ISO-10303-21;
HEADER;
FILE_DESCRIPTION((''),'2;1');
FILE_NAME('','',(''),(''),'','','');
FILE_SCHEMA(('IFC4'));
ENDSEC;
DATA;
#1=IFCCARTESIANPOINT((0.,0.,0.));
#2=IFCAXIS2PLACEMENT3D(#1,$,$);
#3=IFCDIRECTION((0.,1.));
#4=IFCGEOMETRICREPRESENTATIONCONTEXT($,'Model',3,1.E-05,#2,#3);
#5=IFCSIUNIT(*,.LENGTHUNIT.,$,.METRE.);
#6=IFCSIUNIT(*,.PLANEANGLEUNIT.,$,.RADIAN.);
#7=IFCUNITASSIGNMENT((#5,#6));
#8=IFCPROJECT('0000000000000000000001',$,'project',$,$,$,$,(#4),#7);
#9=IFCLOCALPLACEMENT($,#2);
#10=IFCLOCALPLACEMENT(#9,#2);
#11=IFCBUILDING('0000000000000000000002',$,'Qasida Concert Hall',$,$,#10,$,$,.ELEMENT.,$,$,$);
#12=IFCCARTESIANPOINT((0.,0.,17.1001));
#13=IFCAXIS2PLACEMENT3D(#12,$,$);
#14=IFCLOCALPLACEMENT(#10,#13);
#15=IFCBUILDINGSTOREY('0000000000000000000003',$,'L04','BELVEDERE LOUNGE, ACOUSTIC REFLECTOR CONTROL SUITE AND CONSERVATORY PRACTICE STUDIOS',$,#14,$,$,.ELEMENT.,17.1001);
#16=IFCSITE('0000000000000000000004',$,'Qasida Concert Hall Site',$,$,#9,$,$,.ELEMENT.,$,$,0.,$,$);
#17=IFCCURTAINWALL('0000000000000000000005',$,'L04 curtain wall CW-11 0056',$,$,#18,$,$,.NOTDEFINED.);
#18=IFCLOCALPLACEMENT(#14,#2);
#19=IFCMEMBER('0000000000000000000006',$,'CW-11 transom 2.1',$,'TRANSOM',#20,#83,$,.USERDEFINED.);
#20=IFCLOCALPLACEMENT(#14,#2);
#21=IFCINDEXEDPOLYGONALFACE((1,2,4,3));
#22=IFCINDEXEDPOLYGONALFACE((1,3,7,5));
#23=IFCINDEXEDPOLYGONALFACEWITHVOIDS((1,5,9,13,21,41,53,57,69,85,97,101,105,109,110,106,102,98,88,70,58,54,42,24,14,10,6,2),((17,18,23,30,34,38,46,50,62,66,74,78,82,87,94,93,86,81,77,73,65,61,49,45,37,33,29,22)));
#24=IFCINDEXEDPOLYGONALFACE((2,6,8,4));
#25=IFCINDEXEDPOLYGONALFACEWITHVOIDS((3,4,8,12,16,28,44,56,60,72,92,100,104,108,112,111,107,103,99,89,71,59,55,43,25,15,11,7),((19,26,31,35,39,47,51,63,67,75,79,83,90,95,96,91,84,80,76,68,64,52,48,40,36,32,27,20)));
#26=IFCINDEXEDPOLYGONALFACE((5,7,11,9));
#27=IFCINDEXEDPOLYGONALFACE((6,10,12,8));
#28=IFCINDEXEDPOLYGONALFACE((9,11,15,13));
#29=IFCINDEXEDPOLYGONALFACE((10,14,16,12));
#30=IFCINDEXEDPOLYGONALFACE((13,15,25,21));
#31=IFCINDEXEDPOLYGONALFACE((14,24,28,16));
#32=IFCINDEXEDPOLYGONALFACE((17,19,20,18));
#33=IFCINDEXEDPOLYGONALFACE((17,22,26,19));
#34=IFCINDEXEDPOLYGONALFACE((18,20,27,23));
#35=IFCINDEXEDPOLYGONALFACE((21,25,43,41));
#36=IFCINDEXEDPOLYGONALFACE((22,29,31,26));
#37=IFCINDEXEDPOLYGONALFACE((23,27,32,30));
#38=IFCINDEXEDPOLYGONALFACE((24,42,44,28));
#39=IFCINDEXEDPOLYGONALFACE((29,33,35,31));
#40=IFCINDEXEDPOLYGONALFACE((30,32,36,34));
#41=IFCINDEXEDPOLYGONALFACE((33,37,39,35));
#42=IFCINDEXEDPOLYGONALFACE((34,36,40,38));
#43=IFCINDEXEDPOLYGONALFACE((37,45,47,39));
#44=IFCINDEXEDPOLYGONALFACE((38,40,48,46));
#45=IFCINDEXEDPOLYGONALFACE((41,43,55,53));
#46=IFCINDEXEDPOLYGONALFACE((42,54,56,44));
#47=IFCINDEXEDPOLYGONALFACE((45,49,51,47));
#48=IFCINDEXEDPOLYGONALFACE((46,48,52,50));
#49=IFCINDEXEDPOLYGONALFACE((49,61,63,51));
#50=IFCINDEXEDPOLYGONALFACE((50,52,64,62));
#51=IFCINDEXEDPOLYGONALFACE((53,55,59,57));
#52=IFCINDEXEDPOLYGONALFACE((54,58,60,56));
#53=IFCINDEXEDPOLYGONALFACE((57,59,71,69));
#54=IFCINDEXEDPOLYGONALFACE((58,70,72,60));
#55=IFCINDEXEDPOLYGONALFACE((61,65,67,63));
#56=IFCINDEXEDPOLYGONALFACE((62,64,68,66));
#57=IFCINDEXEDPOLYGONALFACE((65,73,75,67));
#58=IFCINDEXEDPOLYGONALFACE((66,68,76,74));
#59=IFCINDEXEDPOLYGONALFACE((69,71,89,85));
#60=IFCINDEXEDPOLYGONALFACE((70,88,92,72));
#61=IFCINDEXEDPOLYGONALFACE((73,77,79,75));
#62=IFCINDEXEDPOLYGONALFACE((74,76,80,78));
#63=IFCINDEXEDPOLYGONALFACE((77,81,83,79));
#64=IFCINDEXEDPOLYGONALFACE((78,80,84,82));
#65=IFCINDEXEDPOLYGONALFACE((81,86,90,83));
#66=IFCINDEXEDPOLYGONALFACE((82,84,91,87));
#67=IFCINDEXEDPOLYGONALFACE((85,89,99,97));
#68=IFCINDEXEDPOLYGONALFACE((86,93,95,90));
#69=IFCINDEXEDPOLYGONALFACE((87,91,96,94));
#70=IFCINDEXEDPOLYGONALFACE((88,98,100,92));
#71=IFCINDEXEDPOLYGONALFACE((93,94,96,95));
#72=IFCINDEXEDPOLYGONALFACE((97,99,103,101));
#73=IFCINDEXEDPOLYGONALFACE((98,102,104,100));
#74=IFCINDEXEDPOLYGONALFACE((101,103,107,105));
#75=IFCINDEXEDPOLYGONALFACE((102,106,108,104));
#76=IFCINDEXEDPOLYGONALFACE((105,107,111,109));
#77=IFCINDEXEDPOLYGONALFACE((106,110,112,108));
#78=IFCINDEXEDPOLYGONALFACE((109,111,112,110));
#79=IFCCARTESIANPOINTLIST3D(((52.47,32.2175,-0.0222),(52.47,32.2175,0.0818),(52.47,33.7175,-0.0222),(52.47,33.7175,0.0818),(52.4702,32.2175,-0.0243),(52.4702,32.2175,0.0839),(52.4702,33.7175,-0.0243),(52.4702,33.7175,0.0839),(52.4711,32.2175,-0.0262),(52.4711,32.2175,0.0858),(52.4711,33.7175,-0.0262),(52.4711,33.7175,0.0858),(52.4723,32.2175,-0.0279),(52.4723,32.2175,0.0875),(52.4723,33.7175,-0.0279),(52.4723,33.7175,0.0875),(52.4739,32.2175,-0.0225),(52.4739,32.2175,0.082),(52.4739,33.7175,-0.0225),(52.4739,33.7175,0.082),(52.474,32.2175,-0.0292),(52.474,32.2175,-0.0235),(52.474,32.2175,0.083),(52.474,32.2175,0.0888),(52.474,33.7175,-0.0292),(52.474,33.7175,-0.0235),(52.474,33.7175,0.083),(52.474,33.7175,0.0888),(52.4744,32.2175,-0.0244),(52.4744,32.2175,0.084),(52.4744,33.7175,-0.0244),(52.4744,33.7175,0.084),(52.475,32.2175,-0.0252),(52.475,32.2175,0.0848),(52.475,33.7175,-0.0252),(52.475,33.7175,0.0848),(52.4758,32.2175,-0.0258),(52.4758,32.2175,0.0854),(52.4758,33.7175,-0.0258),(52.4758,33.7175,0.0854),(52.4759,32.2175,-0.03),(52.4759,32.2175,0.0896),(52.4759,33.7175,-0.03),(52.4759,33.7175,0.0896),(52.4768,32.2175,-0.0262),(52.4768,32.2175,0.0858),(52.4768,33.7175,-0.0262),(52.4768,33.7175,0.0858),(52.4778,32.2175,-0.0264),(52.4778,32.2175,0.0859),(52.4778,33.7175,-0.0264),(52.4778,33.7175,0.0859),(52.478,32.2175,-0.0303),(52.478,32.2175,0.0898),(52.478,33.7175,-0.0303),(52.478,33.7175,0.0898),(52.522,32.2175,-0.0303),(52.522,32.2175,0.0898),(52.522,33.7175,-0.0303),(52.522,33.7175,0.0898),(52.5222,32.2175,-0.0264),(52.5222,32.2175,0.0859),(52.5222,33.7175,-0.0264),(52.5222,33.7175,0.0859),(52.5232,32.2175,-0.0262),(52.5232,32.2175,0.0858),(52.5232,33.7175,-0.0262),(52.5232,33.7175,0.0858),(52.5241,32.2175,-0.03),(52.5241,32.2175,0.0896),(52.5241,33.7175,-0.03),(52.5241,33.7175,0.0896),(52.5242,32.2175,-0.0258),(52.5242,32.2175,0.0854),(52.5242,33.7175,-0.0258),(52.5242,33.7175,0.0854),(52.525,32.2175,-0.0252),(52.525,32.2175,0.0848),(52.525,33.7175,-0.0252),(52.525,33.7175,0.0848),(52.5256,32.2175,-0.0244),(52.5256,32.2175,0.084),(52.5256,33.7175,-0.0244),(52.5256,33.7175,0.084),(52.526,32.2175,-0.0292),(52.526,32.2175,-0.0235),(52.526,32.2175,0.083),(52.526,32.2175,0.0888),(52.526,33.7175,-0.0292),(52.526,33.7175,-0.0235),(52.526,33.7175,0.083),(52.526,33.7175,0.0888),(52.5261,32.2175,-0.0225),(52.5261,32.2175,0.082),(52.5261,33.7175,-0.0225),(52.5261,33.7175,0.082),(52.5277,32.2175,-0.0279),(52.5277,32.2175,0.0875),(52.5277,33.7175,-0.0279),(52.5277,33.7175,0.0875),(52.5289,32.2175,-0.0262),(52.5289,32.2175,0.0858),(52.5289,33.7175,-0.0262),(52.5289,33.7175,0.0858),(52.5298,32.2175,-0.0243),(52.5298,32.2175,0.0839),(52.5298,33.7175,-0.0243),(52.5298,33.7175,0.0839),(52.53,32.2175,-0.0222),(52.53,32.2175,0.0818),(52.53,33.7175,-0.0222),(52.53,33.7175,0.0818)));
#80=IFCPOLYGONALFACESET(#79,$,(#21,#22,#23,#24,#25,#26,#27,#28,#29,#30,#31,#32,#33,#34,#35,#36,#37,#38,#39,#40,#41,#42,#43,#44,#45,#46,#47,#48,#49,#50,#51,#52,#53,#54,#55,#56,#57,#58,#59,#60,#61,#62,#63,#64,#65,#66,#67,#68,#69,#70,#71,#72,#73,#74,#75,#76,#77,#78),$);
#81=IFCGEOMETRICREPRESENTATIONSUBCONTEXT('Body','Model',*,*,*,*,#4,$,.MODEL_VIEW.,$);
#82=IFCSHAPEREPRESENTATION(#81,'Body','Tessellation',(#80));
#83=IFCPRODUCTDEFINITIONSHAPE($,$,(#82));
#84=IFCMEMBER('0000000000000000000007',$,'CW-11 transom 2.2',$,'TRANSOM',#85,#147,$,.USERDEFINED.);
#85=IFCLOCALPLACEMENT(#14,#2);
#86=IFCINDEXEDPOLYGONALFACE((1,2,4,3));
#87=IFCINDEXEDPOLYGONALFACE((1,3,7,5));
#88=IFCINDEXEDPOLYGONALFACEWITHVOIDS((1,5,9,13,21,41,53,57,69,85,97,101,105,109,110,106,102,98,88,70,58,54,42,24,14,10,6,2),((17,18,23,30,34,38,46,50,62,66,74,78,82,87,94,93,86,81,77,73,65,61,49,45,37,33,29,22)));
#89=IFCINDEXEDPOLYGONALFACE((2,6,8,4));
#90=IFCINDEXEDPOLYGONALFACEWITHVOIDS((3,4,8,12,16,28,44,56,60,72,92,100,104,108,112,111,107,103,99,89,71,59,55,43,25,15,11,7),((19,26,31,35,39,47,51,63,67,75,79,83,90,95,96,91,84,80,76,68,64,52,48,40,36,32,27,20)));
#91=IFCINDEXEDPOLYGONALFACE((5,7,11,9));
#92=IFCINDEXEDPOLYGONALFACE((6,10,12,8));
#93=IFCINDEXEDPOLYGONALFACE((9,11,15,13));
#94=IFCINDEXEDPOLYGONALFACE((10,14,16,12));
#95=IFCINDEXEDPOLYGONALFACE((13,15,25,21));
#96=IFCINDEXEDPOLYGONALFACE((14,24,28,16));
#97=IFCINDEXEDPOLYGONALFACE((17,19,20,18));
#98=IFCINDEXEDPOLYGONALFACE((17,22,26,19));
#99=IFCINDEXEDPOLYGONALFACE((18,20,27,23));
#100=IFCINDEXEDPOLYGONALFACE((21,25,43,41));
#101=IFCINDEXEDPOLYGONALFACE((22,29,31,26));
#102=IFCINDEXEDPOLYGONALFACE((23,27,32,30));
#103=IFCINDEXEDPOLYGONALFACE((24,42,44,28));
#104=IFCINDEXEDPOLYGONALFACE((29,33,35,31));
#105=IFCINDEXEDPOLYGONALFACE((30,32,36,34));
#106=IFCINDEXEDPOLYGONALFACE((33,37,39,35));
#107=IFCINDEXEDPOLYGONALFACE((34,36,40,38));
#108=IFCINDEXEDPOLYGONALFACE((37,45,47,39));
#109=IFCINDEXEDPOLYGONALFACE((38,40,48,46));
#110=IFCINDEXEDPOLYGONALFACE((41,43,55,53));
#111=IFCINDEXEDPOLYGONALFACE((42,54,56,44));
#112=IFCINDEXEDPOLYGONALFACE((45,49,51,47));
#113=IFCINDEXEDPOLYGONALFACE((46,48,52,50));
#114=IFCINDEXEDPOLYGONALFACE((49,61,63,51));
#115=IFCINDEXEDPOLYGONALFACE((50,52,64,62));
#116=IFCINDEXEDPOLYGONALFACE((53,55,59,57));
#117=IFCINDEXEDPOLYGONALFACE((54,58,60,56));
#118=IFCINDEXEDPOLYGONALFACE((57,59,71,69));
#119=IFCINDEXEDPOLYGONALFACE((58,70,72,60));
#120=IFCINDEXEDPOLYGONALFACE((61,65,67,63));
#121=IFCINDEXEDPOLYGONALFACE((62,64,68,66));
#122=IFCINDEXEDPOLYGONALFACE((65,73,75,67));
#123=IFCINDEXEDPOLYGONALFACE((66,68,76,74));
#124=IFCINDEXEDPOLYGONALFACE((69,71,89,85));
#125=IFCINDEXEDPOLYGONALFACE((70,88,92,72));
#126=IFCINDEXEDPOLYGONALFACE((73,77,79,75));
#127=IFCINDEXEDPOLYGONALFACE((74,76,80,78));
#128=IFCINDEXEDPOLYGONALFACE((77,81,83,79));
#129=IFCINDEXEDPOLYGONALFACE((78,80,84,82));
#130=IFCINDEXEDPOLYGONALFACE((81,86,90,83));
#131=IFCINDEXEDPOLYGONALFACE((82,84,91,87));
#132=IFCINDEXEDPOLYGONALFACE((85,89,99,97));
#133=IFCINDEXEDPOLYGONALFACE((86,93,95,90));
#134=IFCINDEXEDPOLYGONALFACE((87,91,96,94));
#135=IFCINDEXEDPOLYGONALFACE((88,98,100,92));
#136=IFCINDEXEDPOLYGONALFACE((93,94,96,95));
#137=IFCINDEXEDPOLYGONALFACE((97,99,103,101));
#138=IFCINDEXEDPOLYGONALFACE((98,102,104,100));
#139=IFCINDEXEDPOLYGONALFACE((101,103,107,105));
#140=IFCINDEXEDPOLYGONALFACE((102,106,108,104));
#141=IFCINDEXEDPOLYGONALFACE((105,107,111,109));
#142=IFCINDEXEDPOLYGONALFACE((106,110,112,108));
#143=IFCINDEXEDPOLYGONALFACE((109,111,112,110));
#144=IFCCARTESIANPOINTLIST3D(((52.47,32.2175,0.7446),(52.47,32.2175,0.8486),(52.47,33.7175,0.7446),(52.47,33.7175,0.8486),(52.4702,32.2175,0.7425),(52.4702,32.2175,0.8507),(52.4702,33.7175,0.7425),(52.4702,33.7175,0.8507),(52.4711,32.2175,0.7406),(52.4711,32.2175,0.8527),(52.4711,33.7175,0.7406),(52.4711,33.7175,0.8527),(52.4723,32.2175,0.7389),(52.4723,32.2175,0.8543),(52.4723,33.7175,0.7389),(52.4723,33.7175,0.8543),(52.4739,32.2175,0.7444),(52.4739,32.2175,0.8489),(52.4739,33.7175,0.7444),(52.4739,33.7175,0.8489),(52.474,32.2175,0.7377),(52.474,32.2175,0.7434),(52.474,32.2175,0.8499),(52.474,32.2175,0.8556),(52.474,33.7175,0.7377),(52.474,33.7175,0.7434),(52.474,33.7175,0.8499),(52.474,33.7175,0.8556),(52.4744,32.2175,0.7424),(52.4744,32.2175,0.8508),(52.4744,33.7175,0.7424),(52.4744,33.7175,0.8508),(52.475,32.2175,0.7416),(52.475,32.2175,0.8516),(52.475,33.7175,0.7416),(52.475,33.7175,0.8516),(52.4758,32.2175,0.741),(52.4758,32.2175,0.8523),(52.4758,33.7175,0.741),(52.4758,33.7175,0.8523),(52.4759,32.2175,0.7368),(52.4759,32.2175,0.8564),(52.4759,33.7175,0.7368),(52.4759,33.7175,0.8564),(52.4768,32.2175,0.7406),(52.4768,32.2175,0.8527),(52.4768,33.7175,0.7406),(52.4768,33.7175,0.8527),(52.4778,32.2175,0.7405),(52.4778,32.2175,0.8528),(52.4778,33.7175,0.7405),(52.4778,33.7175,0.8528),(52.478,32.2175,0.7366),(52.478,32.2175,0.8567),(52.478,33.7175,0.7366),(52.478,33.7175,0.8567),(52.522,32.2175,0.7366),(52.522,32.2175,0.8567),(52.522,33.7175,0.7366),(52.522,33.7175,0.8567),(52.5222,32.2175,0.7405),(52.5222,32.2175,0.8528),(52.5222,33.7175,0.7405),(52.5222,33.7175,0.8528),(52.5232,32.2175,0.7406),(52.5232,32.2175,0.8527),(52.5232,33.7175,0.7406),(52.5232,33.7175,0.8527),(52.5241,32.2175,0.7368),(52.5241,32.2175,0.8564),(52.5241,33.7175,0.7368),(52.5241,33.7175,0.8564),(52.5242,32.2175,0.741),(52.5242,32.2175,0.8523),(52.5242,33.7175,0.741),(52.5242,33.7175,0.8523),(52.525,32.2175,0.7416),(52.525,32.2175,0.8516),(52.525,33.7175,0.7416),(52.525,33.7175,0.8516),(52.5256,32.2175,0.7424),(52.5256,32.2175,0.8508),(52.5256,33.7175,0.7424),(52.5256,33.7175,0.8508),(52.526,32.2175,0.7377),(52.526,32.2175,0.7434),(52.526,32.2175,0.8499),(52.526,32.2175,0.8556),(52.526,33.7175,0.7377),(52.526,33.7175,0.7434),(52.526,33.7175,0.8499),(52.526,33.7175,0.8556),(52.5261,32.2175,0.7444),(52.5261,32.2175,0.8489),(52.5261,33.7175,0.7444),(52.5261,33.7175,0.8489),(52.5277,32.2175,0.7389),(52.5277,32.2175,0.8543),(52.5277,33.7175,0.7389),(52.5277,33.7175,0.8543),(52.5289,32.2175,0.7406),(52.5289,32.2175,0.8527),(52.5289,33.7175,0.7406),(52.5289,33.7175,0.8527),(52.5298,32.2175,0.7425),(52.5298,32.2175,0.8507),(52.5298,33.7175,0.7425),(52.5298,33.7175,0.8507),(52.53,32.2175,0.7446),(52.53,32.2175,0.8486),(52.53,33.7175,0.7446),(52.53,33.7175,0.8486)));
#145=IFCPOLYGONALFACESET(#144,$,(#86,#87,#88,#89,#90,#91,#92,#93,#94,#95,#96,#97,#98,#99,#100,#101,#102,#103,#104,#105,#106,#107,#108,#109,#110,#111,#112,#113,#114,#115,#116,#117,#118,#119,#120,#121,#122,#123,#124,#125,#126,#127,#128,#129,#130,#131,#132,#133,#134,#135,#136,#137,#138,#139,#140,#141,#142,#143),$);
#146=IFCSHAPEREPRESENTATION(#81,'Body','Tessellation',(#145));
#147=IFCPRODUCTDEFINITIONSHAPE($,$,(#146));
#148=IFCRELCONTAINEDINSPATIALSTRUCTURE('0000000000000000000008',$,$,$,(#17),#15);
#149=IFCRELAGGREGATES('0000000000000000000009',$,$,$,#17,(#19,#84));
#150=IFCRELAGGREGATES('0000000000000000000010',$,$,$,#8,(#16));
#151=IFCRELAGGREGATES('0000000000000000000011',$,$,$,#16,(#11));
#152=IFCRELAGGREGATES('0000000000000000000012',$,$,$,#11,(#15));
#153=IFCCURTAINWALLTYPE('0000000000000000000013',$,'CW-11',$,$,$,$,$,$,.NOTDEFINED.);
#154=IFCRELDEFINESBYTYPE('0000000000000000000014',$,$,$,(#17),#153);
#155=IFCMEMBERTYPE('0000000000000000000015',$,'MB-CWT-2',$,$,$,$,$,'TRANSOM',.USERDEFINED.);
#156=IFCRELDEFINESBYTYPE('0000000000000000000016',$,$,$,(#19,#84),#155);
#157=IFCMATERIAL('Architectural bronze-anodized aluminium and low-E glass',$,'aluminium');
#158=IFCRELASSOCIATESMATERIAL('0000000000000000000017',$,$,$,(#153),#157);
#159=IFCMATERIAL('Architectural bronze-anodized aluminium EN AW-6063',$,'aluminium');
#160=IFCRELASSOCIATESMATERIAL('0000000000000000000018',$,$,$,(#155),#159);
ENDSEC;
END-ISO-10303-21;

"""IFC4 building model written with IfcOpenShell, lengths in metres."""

from ifc_helpers import new_model, si_unit, direction, frame, origin, origin_2d, place, context, subcontext, project, spatial, hollow_rectangle, extrude, material, material_profile, profile_set, type_object, element, aggregate, save


model = new_model("IFC4")

# Units and contexts
model_context = context("Model", 3, precision=1e-05, world=origin(), true_north=direction((0.0, 1.0)))
body_context = subcontext(model_context, "Body", "Model", "MODEL_VIEW")
ifc_project = project(units=[si_unit("LENGTHUNIT", "METRE"), si_unit("PLANEANGLEUNIT", "RADIAN")], contexts=[model_context])

# Site, building, storey
site_placement = place(None, origin())
site = spatial("IfcSite", under=ifc_project, at=site_placement, Name="Qasida Concert Hall Site", CompositionType="ELEMENT", RefElevation=0.0)
building_placement = place(site_placement, origin())
building = spatial("IfcBuilding", under=site, at=building_placement, Name="Qasida Concert Hall", CompositionType="ELEMENT")
storey_placement = place(building_placement, frame((0.0, 0.0, 17.1001)))
storey = spatial("IfcBuildingStorey", under=building, at=storey_placement, Name="L04", Description="BELVEDERE LOUNGE, ACOUSTIC REFLECTOR CONTROL SUITE AND CONSERVATORY PRACTICE STUDIOS", CompositionType="ELEMENT", Elevation=17.1001)

# Curtain wall, members
ifc_material_1 = material(Name="Architectural bronze-anodized aluminium and low-E glass", Category="aluminium")
curtain_wall_type = type_object("IfcCurtainWallType", Name="CW-11", PredefinedType="NOTDEFINED", material=ifc_material_1)
curtain_wall_placement = place(storey_placement, origin())
curtain_wall = element("IfcCurtainWall", 1, at=curtain_wall_placement, inside=storey, type_object=curtain_wall_type, Name="L04 curtain wall CW-11 0056", PredefinedType="NOTDEFINED")
ifc_material_2 = material(Name="Architectural bronze-anodized aluminium EN AW-6063", Category="aluminium")
ifc_material_profile_1 = material_profile(ifc_material_2, hollow_rectangle(XDim=0.0601, YDim=0.1201, WallThickness=0.0039, InnerFilletRadius=0.0039, OuterFilletRadius=0.0081, at=origin_2d()), Name="CWT 120x60x4")
ifc_profile_set_1 = profile_set([ifc_material_profile_1], Name="Architectural bronze-anodized aluminium EN AW-6063")
member_type_1 = type_object("IfcMemberType", Name="MB-CWT-2", ElementType="TRANSOM", PredefinedType="USERDEFINED", material=ifc_profile_set_1)
member_1_placement = place(storey_placement, frame((52.5, 32.2175, 0.0298), z_axis=(0.0, 1.0, 0.0), x_axis=(-1.0, 0.0, 0.0)))
member_1 = element("IfcMember", 2, at=member_1_placement, type_object=member_type_1, Name="CW-11 transom 2.1", ObjectType="TRANSOM", PredefinedType="USERDEFINED", context=body_context, shape_type="SweptSolid", body=[
    extrude(hollow_rectangle(XDim=0.0601, YDim=0.1201, WallThickness=0.0039, InnerFilletRadius=0.0039, OuterFilletRadius=0.0081, at=origin_2d()), origin(), (0.0, 0.0, 1.0), 1.5),
])
member_2_placement = place(storey_placement, frame((52.5, 32.2175, 0.7966), z_axis=(0.0, 1.0, 0.0), x_axis=(-1.0, 0.0, 0.0)))
member_2 = element("IfcMember", 3, at=member_2_placement, type_object=member_type_1, Name="CW-11 transom 2.2", ObjectType="TRANSOM", PredefinedType="USERDEFINED", context=body_context, shape_type="SweptSolid", body=[
    extrude(hollow_rectangle(XDim=0.0601, YDim=0.1201, WallThickness=0.0039, InnerFilletRadius=0.0039, OuterFilletRadius=0.0081, at=origin_2d()), origin(), (0.0, 0.0, 1.0), 1.5),
])
aggregate(curtain_wall, [member_1, member_2])

save(model, "model.ifc")
